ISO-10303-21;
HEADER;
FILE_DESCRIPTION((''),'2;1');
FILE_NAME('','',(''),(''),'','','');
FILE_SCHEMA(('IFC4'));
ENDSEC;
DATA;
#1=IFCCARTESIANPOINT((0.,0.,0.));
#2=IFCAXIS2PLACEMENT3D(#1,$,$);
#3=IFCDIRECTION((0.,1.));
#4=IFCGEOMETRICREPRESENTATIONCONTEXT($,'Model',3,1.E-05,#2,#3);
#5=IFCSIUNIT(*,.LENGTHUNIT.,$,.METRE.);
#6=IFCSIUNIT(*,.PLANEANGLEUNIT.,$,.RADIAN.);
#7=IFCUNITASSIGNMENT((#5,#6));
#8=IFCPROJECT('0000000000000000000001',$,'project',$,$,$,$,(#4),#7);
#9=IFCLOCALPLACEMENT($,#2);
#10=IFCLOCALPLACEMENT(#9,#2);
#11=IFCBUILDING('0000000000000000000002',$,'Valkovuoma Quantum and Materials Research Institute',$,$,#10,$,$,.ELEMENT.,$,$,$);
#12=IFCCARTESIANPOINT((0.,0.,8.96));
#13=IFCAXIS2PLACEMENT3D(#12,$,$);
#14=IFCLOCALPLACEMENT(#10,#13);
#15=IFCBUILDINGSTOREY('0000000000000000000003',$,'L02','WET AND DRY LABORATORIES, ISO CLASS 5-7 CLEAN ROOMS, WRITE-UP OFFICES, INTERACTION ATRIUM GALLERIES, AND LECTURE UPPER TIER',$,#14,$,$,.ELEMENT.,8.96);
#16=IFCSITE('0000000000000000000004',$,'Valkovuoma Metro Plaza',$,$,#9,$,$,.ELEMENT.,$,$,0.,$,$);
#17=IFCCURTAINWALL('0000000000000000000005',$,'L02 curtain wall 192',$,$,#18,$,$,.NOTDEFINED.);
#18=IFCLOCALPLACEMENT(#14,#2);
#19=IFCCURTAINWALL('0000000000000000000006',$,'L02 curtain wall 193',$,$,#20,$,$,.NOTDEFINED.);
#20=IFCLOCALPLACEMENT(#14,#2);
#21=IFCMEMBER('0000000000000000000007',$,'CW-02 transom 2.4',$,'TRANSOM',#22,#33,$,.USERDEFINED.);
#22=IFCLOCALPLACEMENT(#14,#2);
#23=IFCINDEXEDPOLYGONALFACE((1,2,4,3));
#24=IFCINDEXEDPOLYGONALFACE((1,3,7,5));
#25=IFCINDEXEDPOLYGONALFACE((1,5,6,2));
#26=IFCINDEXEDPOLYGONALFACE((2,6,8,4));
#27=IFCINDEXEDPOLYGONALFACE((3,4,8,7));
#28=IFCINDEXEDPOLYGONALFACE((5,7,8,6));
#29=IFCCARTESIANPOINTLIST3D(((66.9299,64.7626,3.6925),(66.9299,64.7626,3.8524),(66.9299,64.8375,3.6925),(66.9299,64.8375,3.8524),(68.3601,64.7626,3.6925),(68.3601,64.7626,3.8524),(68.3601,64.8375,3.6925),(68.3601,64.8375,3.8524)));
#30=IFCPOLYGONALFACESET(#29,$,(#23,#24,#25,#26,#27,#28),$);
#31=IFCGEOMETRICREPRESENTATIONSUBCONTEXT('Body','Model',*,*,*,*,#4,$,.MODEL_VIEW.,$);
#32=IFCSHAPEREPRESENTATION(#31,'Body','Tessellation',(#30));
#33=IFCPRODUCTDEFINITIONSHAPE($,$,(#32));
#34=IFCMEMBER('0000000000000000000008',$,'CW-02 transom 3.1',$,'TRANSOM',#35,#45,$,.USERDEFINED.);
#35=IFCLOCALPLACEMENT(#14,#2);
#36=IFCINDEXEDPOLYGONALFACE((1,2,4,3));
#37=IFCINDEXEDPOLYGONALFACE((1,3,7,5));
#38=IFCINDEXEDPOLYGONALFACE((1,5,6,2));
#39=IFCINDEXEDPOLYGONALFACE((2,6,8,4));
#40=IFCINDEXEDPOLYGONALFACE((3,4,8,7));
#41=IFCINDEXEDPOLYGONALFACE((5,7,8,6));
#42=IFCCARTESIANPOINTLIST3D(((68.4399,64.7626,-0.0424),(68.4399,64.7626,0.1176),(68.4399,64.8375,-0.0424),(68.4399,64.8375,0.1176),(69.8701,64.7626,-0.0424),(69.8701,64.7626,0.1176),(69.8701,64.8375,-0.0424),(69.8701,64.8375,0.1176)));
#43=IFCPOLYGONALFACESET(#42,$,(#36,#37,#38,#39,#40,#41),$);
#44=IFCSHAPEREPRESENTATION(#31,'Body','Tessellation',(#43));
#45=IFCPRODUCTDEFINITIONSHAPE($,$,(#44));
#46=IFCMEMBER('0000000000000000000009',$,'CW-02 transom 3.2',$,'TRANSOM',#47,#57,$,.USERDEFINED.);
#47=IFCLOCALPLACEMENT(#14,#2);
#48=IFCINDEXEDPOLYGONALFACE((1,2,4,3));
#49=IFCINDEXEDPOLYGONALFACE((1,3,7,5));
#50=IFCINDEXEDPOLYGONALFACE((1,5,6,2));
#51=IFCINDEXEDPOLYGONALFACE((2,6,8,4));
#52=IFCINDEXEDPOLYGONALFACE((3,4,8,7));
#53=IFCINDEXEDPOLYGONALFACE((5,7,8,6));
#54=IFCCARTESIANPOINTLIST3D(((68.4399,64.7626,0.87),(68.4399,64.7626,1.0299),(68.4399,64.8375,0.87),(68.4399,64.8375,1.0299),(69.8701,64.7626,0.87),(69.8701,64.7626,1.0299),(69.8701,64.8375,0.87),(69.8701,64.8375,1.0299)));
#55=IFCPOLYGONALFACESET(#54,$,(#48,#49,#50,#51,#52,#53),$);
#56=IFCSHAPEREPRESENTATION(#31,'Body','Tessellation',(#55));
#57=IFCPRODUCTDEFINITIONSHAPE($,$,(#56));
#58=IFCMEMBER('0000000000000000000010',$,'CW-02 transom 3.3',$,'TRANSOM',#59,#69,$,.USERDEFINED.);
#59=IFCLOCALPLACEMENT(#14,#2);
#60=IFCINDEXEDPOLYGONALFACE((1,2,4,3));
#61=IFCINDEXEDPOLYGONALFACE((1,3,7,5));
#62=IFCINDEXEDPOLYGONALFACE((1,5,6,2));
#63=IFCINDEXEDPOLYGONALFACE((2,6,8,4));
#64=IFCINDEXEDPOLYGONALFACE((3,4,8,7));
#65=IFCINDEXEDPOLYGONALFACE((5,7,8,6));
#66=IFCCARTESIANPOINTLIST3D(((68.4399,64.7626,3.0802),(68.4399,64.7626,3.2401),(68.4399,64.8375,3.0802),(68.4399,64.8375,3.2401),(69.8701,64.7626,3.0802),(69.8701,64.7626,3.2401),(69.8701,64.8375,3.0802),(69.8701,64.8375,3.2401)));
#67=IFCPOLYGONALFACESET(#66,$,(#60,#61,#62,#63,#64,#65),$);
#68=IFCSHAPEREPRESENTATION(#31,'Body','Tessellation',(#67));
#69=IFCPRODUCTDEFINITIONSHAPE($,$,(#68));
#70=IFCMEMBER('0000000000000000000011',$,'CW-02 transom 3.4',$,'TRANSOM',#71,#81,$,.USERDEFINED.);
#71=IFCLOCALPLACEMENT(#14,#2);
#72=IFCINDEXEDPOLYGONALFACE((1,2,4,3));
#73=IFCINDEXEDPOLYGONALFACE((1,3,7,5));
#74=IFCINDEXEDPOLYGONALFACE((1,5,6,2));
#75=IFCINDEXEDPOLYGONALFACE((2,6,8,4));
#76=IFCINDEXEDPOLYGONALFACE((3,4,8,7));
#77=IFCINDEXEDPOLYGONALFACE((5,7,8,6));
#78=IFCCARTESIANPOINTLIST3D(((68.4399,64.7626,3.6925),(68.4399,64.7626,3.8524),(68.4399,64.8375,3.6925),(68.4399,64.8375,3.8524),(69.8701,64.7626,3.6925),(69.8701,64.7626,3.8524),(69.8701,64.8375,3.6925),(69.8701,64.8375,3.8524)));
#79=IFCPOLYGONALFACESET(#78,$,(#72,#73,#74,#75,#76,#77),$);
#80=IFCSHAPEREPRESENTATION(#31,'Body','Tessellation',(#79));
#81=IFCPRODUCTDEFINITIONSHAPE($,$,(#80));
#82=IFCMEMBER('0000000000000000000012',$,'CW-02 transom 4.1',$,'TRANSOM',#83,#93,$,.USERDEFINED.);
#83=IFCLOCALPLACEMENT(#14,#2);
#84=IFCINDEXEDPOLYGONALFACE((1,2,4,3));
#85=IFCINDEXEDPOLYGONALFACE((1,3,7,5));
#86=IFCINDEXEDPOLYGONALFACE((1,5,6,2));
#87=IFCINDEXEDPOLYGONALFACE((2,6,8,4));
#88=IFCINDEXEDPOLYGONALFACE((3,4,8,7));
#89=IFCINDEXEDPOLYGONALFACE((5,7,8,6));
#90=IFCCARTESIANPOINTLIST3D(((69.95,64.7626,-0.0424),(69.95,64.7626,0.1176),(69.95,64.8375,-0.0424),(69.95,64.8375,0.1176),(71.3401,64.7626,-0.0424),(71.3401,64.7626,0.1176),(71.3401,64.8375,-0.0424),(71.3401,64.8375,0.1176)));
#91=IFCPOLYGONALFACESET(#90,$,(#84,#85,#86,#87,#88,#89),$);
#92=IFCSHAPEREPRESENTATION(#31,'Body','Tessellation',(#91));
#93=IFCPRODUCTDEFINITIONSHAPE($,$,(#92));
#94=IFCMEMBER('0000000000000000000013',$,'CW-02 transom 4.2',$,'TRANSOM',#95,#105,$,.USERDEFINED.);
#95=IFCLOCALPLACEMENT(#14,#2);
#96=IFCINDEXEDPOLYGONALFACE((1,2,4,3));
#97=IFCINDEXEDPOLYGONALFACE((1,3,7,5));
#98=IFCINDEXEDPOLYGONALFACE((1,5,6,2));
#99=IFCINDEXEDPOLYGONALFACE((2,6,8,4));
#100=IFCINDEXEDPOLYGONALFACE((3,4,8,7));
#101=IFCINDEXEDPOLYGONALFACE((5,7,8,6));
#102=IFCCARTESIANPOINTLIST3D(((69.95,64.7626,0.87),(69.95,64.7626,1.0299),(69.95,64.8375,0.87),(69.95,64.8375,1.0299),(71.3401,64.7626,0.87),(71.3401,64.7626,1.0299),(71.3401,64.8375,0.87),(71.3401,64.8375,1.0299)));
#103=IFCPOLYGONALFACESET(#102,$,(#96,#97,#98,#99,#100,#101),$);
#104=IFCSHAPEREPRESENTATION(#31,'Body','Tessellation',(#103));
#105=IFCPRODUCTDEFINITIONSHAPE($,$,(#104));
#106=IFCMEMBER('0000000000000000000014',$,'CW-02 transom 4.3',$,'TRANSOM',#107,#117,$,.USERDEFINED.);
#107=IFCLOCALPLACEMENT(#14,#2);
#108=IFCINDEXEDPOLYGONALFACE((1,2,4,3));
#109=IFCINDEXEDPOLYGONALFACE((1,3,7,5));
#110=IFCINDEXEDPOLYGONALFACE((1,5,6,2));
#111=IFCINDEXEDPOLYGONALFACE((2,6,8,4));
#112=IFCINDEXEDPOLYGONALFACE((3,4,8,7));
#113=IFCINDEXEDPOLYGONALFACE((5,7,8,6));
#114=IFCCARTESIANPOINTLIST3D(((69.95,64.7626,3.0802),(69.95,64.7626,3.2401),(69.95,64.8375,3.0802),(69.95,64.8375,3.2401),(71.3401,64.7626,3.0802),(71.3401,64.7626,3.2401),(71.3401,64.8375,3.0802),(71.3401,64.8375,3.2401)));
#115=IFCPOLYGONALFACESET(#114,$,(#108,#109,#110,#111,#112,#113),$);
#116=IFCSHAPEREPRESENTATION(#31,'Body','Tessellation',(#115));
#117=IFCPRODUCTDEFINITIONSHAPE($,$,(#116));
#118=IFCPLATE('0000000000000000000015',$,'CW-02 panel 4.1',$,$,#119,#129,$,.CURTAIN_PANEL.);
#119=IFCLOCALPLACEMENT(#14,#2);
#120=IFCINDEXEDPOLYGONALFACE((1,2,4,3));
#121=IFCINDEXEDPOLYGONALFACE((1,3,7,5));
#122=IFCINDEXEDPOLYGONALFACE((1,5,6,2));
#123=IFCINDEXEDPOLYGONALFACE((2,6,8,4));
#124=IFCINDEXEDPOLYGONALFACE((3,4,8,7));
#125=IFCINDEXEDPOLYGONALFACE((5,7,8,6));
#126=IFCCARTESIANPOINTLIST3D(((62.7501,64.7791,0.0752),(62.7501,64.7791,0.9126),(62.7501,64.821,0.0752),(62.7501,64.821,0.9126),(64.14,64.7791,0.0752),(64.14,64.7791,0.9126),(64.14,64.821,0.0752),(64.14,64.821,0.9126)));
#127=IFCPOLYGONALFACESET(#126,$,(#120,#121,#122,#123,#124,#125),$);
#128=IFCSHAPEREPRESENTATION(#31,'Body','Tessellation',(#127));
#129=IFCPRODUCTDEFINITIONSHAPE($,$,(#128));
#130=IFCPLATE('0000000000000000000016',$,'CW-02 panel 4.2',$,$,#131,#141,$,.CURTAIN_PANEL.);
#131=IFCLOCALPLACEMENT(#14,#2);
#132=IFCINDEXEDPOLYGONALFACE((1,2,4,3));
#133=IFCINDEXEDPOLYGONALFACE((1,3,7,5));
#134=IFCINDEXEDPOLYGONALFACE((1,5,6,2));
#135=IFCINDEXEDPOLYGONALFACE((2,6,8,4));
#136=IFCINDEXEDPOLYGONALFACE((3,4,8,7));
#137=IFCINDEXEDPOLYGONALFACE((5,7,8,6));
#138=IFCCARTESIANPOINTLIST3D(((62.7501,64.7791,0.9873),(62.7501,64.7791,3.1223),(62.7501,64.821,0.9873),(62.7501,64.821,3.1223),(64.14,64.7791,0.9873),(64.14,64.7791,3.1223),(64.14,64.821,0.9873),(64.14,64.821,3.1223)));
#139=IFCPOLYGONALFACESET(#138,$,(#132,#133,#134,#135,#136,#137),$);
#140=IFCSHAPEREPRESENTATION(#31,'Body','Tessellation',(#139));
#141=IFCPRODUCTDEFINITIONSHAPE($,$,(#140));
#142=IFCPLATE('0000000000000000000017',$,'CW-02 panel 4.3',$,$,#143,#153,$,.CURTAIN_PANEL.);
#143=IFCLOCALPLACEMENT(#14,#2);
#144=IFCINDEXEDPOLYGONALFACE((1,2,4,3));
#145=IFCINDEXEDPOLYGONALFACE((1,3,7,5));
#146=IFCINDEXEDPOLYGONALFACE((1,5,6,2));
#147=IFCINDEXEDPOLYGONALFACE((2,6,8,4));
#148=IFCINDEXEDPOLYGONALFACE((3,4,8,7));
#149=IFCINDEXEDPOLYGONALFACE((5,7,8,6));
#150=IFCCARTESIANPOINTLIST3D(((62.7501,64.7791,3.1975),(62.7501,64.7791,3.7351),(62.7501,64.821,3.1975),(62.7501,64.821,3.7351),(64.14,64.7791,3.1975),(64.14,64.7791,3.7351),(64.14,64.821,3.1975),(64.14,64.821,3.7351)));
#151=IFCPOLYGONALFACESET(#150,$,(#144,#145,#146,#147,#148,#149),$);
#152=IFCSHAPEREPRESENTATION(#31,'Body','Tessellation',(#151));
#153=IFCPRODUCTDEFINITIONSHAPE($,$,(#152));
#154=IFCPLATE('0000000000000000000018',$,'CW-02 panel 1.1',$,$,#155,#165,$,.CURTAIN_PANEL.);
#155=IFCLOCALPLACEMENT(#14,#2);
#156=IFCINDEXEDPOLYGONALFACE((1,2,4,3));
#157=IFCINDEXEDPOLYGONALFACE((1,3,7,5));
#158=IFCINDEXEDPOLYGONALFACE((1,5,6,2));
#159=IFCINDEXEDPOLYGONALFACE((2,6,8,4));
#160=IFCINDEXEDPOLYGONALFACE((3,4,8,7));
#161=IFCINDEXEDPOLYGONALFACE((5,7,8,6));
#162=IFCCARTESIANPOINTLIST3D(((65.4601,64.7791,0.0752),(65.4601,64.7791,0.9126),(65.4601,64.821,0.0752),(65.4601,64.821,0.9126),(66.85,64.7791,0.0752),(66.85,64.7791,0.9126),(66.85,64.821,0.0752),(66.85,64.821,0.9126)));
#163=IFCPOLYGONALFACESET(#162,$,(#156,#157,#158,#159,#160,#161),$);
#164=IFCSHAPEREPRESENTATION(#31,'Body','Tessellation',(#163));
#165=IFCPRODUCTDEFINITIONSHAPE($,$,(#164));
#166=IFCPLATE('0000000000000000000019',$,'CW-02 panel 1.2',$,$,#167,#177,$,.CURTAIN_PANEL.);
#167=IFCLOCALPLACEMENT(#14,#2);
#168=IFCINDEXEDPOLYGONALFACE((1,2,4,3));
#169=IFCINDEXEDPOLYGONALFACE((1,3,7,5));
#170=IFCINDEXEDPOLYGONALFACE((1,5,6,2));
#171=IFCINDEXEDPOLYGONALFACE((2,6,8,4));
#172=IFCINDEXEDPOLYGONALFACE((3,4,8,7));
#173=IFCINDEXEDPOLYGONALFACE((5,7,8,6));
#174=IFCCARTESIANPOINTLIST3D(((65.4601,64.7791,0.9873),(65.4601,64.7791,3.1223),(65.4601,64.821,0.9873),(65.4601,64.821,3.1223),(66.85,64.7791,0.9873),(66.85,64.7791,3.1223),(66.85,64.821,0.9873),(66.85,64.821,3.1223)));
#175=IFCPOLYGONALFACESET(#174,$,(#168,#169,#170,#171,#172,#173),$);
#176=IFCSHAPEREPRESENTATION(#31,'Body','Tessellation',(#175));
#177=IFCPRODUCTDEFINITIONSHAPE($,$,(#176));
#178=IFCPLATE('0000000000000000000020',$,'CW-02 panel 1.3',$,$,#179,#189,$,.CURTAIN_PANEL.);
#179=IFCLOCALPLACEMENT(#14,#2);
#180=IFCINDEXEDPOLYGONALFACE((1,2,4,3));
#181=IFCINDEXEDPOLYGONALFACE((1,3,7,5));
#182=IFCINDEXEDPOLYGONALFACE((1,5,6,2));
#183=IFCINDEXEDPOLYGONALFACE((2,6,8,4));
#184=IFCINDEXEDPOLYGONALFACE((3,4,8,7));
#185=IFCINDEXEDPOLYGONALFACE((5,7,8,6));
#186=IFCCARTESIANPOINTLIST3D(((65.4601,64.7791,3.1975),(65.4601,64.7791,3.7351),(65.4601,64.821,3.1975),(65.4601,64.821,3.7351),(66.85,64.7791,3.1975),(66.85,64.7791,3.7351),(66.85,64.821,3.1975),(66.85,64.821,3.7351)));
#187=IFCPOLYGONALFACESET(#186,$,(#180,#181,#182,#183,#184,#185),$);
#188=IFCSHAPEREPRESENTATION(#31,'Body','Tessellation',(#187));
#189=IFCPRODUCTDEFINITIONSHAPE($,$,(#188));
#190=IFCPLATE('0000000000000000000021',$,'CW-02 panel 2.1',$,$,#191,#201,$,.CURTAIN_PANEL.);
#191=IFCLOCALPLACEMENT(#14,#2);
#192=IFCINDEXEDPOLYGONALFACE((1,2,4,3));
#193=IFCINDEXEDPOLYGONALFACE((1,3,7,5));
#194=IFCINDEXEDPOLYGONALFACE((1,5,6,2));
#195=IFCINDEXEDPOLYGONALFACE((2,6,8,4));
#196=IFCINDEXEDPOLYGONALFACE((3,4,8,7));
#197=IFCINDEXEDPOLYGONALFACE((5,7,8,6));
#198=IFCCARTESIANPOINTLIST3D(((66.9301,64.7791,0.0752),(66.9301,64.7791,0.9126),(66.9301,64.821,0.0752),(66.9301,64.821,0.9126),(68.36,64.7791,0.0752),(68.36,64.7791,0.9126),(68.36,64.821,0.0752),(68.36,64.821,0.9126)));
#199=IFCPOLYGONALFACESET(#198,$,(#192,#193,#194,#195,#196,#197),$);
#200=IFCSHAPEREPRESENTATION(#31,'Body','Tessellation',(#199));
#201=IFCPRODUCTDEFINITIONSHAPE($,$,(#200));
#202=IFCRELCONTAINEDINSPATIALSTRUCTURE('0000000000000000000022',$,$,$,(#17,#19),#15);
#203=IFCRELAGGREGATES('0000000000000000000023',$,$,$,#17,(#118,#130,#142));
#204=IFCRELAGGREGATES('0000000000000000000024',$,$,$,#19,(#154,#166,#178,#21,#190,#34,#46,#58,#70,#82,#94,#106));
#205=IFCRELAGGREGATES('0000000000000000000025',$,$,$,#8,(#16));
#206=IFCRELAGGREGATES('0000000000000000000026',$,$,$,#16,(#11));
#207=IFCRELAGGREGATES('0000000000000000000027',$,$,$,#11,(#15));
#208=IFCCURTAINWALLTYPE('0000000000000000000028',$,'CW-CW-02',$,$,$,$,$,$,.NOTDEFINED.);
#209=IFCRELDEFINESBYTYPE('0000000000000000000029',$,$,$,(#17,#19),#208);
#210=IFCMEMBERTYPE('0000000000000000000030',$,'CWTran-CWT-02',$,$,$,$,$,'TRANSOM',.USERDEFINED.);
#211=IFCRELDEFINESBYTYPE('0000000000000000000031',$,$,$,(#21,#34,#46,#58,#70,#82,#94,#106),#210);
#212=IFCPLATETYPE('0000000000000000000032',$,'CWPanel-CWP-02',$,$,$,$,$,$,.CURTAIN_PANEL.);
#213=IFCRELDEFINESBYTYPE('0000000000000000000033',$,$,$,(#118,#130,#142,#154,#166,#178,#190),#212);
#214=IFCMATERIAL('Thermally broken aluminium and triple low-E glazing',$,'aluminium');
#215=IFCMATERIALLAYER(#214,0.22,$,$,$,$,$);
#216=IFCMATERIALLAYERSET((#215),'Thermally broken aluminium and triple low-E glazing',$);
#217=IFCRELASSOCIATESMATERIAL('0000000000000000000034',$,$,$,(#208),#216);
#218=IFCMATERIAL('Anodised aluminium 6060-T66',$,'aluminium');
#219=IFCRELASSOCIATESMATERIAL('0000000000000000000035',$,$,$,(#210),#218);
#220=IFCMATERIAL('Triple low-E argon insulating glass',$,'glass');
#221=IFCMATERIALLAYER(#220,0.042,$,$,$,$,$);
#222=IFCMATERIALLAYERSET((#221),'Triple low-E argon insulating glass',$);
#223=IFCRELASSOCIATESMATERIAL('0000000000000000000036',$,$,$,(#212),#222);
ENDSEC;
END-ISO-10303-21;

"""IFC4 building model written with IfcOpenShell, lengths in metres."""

from ifc_helpers import new_model, si_unit, direction, frame, origin, origin_2d, place, context, subcontext, project, spatial, rectangle, extrude, material, layer, layer_set, material_profile, profile_set, type_object, element, aggregate, save


model = new_model("IFC4")

# Units and contexts
model_context = context("Model", 3, precision=1e-05, world=origin(), true_north=direction((0.0, 1.0)))
body_context = subcontext(model_context, "Body", "Model", "MODEL_VIEW")
ifc_project = project(units=[si_unit("LENGTHUNIT", "METRE"), si_unit("PLANEANGLEUNIT", "RADIAN")], contexts=[model_context])

# Site, building, storey
site_placement = place(None, origin())
site = spatial("IfcSite", under=ifc_project, at=site_placement, Name="Valkovuoma Metro Plaza", CompositionType="ELEMENT", RefElevation=0.0)
building_placement = place(site_placement, origin())
building = spatial("IfcBuilding", under=site, at=building_placement, Name="Valkovuoma Quantum and Materials Research Institute", CompositionType="ELEMENT")
storey_placement = place(building_placement, frame((0.0, 0.0, 8.96)))
storey = spatial("IfcBuildingStorey", under=building, at=storey_placement, Name="L02", Description="WET AND DRY LABORATORIES, ISO CLASS 5-7 CLEAN ROOMS, WRITE-UP OFFICES, INTERACTION ATRIUM GALLERIES, AND LECTURE UPPER TIER", CompositionType="ELEMENT", Elevation=8.96)

# Curtain wall
ifc_material_1 = material(Name="Thermally broken aluminium and triple low-E glazing", Category="aluminium")
ifc_layer_1 = layer(ifc_material_1, 0.22)
ifc_layer_set_1 = layer_set([ifc_layer_1], Name="Thermally broken aluminium and triple low-E glazing")
curtain_wall_type = type_object("IfcCurtainWallType", Name="CW-CW-02", PredefinedType="NOTDEFINED", material=ifc_layer_set_1)
curtain_wall_1_placement = place(storey_placement, origin())
curtain_wall_1 = element("IfcCurtainWall", 1, at=curtain_wall_1_placement, inside=storey, type_object=curtain_wall_type, Name="L02 curtain wall 192", PredefinedType="NOTDEFINED")

# Curtain wall, members
curtain_wall_2_placement = place(storey_placement, origin())
curtain_wall_2 = element("IfcCurtainWall", 2, at=curtain_wall_2_placement, inside=storey, type_object=curtain_wall_type, Name="L02 curtain wall 193", PredefinedType="NOTDEFINED")
ifc_material_2 = material(Name="Anodised aluminium 6060-T66", Category="aluminium")
ifc_material_profile_1 = material_profile(ifc_material_2, rectangle(XDim=0.075, YDim=0.1599, at=origin_2d()), Name="Anodised aluminium 6060-T66")
ifc_profile_set_1 = profile_set([ifc_material_profile_1], Name="Anodised aluminium 6060-T66")
member_type_1 = type_object("IfcMemberType", Name="CWTran-CWT-02", ElementType="TRANSOM", PredefinedType="USERDEFINED", material=ifc_profile_set_1)
member_1_placement = place(storey_placement, frame((66.9299, 64.8, 3.7725), z_axis=(1.0, 0.0, 0.0), x_axis=(0.0, 1.0, 0.0)))
member_1 = element("IfcMember", 3, at=member_1_placement, type_object=member_type_1, Name="CW-02 transom 2.4", ObjectType="TRANSOM", PredefinedType="USERDEFINED", context=body_context, shape_type="SweptSolid", body=[
    extrude(rectangle(XDim=0.075, YDim=0.1599, at=origin_2d()), origin(), (0.0, 0.0, 1.0), 1.4302),
])
member_2_placement = place(storey_placement, frame((68.4399, 64.8, 0.0376), z_axis=(1.0, 0.0, 0.0), x_axis=(0.0, 1.0, 0.0)))
member_2 = element("IfcMember", 4, at=member_2_placement, type_object=member_type_1, Name="CW-02 transom 3.1", ObjectType="TRANSOM", PredefinedType="USERDEFINED", context=body_context, shape_type="SweptSolid", body=[
    extrude(rectangle(XDim=0.075, YDim=0.1599, at=origin_2d()), origin(), (0.0, 0.0, 1.0), 1.4302),
])
member_3_placement = place(storey_placement, frame((68.4399, 64.8, 0.95), z_axis=(1.0, 0.0, 0.0), x_axis=(0.0, 1.0, 0.0)))
member_3 = element("IfcMember", 5, at=member_3_placement, type_object=member_type_1, Name="CW-02 transom 3.2", ObjectType="TRANSOM", PredefinedType="USERDEFINED", context=body_context, shape_type="SweptSolid", body=[
    extrude(rectangle(XDim=0.075, YDim=0.1599, at=origin_2d()), origin(), (0.0, 0.0, 1.0), 1.4302),
])
member_4_placement = place(storey_placement, frame((68.4399, 64.8, 3.1602), z_axis=(1.0, 0.0, 0.0), x_axis=(0.0, 1.0, 0.0)))
member_4 = element("IfcMember", 6, at=member_4_placement, type_object=member_type_1, Name="CW-02 transom 3.3", ObjectType="TRANSOM", PredefinedType="USERDEFINED", context=body_context, shape_type="SweptSolid", body=[
    extrude(rectangle(XDim=0.075, YDim=0.1599, at=origin_2d()), origin(), (0.0, 0.0, 1.0), 1.4302),
])
member_5_placement = place(storey_placement, frame((68.4399, 64.8, 3.7725), z_axis=(1.0, 0.0, 0.0), x_axis=(0.0, 1.0, 0.0)))
member_5 = element("IfcMember", 7, at=member_5_placement, type_object=member_type_1, Name="CW-02 transom 3.4", ObjectType="TRANSOM", PredefinedType="USERDEFINED", context=body_context, shape_type="SweptSolid", body=[
    extrude(rectangle(XDim=0.075, YDim=0.1599, at=origin_2d()), origin(), (0.0, 0.0, 1.0), 1.4302),
])
member_6_placement = place(storey_placement, frame((69.95, 64.8, 0.0376), z_axis=(1.0, 0.0, 0.0), x_axis=(0.0, 1.0, 0.0)))
member_6 = element("IfcMember", 8, at=member_6_placement, type_object=member_type_1, Name="CW-02 transom 4.1", ObjectType="TRANSOM", PredefinedType="USERDEFINED", context=body_context, shape_type="SweptSolid", body=[
    extrude(rectangle(XDim=0.075, YDim=0.1599, at=origin_2d()), origin(), (0.0, 0.0, 1.0), 1.3901),
])
member_7_placement = place(storey_placement, frame((69.95, 64.8, 0.95), z_axis=(1.0, 0.0, 0.0), x_axis=(0.0, 1.0, 0.0)))
member_7 = element("IfcMember", 9, at=member_7_placement, type_object=member_type_1, Name="CW-02 transom 4.2", ObjectType="TRANSOM", PredefinedType="USERDEFINED", context=body_context, shape_type="SweptSolid", body=[
    extrude(rectangle(XDim=0.075, YDim=0.1599, at=origin_2d()), origin(), (0.0, 0.0, 1.0), 1.3901),
])
member_8_placement = place(storey_placement, frame((69.95, 64.8, 3.1602), z_axis=(1.0, 0.0, 0.0), x_axis=(0.0, 1.0, 0.0)))
member_8 = element("IfcMember", 10, at=member_8_placement, type_object=member_type_1, Name="CW-02 transom 4.3", ObjectType="TRANSOM", PredefinedType="USERDEFINED", context=body_context, shape_type="SweptSolid", body=[
    extrude(rectangle(XDim=0.075, YDim=0.1599, at=origin_2d()), origin(), (0.0, 0.0, 1.0), 1.3901),
])

# Plates
ifc_material_3 = material(Name="Triple low-E argon insulating glass", Category="glass")
ifc_layer_2 = layer(ifc_material_3, 0.042)
ifc_layer_set_2 = layer_set([ifc_layer_2], Name="Triple low-E argon insulating glass")
plate_type = type_object("IfcPlateType", Name="CWPanel-CWP-02", PredefinedType="CURTAIN_PANEL", material=ifc_layer_set_2)
plate_1_placement = place(storey_placement, frame((63.4451, 64.8, 0.0752), z_axis=(0.0, 0.0, 1.0), x_axis=(1.0, 0.0, 0.0)))
plate_1 = element("IfcPlate", 11, at=plate_1_placement, type_object=plate_type, Name="CW-02 panel 4.1", PredefinedType="CURTAIN_PANEL", context=body_context, shape_type="SweptSolid", body=[
    extrude(rectangle(XDim=1.3899, YDim=0.042, at=origin_2d()), origin(), (0.0, 0.0, 1.0), 0.8374),
])
plate_2_placement = place(storey_placement, frame((63.4451, 64.8, 0.9873), z_axis=(0.0, 0.0, 1.0), x_axis=(1.0, 0.0, 0.0)))
plate_2 = element("IfcPlate", 12, at=plate_2_placement, type_object=plate_type, Name="CW-02 panel 4.2", PredefinedType="CURTAIN_PANEL", context=body_context, shape_type="SweptSolid", body=[
    extrude(rectangle(XDim=1.3899, YDim=0.042, at=origin_2d()), origin(), (0.0, 0.0, 1.0), 2.135),
])
plate_3_placement = place(storey_placement, frame((63.4451, 64.8, 3.1975), z_axis=(0.0, 0.0, 1.0), x_axis=(1.0, 0.0, 0.0)))
plate_3 = element("IfcPlate", 13, at=plate_3_placement, type_object=plate_type, Name="CW-02 panel 4.3", PredefinedType="CURTAIN_PANEL", context=body_context, shape_type="SweptSolid", body=[
    extrude(rectangle(XDim=1.3899, YDim=0.042, at=origin_2d()), origin(), (0.0, 0.0, 1.0), 0.5376),
])
aggregate(curtain_wall_1, [plate_1, plate_2, plate_3])
plate_4_placement = place(storey_placement, frame((66.155, 64.8, 0.0752), z_axis=(0.0, 0.0, 1.0), x_axis=(1.0, 0.0, 0.0)))
plate_4 = element("IfcPlate", 14, at=plate_4_placement, type_object=plate_type, Name="CW-02 panel 1.1", PredefinedType="CURTAIN_PANEL", context=body_context, shape_type="SweptSolid", body=[
    extrude(rectangle(XDim=1.3899, YDim=0.042, at=origin_2d()), origin(), (0.0, 0.0, 1.0), 0.8374),
])
plate_5_placement = place(storey_placement, frame((66.155, 64.8, 0.9873), z_axis=(0.0, 0.0, 1.0), x_axis=(1.0, 0.0, 0.0)))
plate_5 = element("IfcPlate", 15, at=plate_5_placement, type_object=plate_type, Name="CW-02 panel 1.2", PredefinedType="CURTAIN_PANEL", context=body_context, shape_type="SweptSolid", body=[
    extrude(rectangle(XDim=1.3899, YDim=0.042, at=origin_2d()), origin(), (0.0, 0.0, 1.0), 2.135),
])
plate_6_placement = place(storey_placement, frame((66.155, 64.8, 3.1975), z_axis=(0.0, 0.0, 1.0), x_axis=(1.0, 0.0, 0.0)))
plate_6 = element("IfcPlate", 16, at=plate_6_placement, type_object=plate_type, Name="CW-02 panel 1.3", PredefinedType="CURTAIN_PANEL", context=body_context, shape_type="SweptSolid", body=[
    extrude(rectangle(XDim=1.3899, YDim=0.042, at=origin_2d()), origin(), (0.0, 0.0, 1.0), 0.5376),
])
plate_7_placement = place(storey_placement, frame((67.645, 64.8, 0.0752), z_axis=(0.0, 0.0, 1.0), x_axis=(1.0, 0.0, 0.0)))
plate_7 = element("IfcPlate", 17, at=plate_7_placement, type_object=plate_type, Name="CW-02 panel 2.1", PredefinedType="CURTAIN_PANEL", context=body_context, shape_type="SweptSolid", body=[
    extrude(rectangle(XDim=1.4299, YDim=0.042, at=origin_2d()), origin(), (0.0, 0.0, 1.0), 0.8374),
])
aggregate(curtain_wall_2, [plate_4, plate_5, plate_6, member_1, plate_7, member_2, member_3, member_4, member_5, member_6, member_7, member_8])

save(model, "model.ifc")
